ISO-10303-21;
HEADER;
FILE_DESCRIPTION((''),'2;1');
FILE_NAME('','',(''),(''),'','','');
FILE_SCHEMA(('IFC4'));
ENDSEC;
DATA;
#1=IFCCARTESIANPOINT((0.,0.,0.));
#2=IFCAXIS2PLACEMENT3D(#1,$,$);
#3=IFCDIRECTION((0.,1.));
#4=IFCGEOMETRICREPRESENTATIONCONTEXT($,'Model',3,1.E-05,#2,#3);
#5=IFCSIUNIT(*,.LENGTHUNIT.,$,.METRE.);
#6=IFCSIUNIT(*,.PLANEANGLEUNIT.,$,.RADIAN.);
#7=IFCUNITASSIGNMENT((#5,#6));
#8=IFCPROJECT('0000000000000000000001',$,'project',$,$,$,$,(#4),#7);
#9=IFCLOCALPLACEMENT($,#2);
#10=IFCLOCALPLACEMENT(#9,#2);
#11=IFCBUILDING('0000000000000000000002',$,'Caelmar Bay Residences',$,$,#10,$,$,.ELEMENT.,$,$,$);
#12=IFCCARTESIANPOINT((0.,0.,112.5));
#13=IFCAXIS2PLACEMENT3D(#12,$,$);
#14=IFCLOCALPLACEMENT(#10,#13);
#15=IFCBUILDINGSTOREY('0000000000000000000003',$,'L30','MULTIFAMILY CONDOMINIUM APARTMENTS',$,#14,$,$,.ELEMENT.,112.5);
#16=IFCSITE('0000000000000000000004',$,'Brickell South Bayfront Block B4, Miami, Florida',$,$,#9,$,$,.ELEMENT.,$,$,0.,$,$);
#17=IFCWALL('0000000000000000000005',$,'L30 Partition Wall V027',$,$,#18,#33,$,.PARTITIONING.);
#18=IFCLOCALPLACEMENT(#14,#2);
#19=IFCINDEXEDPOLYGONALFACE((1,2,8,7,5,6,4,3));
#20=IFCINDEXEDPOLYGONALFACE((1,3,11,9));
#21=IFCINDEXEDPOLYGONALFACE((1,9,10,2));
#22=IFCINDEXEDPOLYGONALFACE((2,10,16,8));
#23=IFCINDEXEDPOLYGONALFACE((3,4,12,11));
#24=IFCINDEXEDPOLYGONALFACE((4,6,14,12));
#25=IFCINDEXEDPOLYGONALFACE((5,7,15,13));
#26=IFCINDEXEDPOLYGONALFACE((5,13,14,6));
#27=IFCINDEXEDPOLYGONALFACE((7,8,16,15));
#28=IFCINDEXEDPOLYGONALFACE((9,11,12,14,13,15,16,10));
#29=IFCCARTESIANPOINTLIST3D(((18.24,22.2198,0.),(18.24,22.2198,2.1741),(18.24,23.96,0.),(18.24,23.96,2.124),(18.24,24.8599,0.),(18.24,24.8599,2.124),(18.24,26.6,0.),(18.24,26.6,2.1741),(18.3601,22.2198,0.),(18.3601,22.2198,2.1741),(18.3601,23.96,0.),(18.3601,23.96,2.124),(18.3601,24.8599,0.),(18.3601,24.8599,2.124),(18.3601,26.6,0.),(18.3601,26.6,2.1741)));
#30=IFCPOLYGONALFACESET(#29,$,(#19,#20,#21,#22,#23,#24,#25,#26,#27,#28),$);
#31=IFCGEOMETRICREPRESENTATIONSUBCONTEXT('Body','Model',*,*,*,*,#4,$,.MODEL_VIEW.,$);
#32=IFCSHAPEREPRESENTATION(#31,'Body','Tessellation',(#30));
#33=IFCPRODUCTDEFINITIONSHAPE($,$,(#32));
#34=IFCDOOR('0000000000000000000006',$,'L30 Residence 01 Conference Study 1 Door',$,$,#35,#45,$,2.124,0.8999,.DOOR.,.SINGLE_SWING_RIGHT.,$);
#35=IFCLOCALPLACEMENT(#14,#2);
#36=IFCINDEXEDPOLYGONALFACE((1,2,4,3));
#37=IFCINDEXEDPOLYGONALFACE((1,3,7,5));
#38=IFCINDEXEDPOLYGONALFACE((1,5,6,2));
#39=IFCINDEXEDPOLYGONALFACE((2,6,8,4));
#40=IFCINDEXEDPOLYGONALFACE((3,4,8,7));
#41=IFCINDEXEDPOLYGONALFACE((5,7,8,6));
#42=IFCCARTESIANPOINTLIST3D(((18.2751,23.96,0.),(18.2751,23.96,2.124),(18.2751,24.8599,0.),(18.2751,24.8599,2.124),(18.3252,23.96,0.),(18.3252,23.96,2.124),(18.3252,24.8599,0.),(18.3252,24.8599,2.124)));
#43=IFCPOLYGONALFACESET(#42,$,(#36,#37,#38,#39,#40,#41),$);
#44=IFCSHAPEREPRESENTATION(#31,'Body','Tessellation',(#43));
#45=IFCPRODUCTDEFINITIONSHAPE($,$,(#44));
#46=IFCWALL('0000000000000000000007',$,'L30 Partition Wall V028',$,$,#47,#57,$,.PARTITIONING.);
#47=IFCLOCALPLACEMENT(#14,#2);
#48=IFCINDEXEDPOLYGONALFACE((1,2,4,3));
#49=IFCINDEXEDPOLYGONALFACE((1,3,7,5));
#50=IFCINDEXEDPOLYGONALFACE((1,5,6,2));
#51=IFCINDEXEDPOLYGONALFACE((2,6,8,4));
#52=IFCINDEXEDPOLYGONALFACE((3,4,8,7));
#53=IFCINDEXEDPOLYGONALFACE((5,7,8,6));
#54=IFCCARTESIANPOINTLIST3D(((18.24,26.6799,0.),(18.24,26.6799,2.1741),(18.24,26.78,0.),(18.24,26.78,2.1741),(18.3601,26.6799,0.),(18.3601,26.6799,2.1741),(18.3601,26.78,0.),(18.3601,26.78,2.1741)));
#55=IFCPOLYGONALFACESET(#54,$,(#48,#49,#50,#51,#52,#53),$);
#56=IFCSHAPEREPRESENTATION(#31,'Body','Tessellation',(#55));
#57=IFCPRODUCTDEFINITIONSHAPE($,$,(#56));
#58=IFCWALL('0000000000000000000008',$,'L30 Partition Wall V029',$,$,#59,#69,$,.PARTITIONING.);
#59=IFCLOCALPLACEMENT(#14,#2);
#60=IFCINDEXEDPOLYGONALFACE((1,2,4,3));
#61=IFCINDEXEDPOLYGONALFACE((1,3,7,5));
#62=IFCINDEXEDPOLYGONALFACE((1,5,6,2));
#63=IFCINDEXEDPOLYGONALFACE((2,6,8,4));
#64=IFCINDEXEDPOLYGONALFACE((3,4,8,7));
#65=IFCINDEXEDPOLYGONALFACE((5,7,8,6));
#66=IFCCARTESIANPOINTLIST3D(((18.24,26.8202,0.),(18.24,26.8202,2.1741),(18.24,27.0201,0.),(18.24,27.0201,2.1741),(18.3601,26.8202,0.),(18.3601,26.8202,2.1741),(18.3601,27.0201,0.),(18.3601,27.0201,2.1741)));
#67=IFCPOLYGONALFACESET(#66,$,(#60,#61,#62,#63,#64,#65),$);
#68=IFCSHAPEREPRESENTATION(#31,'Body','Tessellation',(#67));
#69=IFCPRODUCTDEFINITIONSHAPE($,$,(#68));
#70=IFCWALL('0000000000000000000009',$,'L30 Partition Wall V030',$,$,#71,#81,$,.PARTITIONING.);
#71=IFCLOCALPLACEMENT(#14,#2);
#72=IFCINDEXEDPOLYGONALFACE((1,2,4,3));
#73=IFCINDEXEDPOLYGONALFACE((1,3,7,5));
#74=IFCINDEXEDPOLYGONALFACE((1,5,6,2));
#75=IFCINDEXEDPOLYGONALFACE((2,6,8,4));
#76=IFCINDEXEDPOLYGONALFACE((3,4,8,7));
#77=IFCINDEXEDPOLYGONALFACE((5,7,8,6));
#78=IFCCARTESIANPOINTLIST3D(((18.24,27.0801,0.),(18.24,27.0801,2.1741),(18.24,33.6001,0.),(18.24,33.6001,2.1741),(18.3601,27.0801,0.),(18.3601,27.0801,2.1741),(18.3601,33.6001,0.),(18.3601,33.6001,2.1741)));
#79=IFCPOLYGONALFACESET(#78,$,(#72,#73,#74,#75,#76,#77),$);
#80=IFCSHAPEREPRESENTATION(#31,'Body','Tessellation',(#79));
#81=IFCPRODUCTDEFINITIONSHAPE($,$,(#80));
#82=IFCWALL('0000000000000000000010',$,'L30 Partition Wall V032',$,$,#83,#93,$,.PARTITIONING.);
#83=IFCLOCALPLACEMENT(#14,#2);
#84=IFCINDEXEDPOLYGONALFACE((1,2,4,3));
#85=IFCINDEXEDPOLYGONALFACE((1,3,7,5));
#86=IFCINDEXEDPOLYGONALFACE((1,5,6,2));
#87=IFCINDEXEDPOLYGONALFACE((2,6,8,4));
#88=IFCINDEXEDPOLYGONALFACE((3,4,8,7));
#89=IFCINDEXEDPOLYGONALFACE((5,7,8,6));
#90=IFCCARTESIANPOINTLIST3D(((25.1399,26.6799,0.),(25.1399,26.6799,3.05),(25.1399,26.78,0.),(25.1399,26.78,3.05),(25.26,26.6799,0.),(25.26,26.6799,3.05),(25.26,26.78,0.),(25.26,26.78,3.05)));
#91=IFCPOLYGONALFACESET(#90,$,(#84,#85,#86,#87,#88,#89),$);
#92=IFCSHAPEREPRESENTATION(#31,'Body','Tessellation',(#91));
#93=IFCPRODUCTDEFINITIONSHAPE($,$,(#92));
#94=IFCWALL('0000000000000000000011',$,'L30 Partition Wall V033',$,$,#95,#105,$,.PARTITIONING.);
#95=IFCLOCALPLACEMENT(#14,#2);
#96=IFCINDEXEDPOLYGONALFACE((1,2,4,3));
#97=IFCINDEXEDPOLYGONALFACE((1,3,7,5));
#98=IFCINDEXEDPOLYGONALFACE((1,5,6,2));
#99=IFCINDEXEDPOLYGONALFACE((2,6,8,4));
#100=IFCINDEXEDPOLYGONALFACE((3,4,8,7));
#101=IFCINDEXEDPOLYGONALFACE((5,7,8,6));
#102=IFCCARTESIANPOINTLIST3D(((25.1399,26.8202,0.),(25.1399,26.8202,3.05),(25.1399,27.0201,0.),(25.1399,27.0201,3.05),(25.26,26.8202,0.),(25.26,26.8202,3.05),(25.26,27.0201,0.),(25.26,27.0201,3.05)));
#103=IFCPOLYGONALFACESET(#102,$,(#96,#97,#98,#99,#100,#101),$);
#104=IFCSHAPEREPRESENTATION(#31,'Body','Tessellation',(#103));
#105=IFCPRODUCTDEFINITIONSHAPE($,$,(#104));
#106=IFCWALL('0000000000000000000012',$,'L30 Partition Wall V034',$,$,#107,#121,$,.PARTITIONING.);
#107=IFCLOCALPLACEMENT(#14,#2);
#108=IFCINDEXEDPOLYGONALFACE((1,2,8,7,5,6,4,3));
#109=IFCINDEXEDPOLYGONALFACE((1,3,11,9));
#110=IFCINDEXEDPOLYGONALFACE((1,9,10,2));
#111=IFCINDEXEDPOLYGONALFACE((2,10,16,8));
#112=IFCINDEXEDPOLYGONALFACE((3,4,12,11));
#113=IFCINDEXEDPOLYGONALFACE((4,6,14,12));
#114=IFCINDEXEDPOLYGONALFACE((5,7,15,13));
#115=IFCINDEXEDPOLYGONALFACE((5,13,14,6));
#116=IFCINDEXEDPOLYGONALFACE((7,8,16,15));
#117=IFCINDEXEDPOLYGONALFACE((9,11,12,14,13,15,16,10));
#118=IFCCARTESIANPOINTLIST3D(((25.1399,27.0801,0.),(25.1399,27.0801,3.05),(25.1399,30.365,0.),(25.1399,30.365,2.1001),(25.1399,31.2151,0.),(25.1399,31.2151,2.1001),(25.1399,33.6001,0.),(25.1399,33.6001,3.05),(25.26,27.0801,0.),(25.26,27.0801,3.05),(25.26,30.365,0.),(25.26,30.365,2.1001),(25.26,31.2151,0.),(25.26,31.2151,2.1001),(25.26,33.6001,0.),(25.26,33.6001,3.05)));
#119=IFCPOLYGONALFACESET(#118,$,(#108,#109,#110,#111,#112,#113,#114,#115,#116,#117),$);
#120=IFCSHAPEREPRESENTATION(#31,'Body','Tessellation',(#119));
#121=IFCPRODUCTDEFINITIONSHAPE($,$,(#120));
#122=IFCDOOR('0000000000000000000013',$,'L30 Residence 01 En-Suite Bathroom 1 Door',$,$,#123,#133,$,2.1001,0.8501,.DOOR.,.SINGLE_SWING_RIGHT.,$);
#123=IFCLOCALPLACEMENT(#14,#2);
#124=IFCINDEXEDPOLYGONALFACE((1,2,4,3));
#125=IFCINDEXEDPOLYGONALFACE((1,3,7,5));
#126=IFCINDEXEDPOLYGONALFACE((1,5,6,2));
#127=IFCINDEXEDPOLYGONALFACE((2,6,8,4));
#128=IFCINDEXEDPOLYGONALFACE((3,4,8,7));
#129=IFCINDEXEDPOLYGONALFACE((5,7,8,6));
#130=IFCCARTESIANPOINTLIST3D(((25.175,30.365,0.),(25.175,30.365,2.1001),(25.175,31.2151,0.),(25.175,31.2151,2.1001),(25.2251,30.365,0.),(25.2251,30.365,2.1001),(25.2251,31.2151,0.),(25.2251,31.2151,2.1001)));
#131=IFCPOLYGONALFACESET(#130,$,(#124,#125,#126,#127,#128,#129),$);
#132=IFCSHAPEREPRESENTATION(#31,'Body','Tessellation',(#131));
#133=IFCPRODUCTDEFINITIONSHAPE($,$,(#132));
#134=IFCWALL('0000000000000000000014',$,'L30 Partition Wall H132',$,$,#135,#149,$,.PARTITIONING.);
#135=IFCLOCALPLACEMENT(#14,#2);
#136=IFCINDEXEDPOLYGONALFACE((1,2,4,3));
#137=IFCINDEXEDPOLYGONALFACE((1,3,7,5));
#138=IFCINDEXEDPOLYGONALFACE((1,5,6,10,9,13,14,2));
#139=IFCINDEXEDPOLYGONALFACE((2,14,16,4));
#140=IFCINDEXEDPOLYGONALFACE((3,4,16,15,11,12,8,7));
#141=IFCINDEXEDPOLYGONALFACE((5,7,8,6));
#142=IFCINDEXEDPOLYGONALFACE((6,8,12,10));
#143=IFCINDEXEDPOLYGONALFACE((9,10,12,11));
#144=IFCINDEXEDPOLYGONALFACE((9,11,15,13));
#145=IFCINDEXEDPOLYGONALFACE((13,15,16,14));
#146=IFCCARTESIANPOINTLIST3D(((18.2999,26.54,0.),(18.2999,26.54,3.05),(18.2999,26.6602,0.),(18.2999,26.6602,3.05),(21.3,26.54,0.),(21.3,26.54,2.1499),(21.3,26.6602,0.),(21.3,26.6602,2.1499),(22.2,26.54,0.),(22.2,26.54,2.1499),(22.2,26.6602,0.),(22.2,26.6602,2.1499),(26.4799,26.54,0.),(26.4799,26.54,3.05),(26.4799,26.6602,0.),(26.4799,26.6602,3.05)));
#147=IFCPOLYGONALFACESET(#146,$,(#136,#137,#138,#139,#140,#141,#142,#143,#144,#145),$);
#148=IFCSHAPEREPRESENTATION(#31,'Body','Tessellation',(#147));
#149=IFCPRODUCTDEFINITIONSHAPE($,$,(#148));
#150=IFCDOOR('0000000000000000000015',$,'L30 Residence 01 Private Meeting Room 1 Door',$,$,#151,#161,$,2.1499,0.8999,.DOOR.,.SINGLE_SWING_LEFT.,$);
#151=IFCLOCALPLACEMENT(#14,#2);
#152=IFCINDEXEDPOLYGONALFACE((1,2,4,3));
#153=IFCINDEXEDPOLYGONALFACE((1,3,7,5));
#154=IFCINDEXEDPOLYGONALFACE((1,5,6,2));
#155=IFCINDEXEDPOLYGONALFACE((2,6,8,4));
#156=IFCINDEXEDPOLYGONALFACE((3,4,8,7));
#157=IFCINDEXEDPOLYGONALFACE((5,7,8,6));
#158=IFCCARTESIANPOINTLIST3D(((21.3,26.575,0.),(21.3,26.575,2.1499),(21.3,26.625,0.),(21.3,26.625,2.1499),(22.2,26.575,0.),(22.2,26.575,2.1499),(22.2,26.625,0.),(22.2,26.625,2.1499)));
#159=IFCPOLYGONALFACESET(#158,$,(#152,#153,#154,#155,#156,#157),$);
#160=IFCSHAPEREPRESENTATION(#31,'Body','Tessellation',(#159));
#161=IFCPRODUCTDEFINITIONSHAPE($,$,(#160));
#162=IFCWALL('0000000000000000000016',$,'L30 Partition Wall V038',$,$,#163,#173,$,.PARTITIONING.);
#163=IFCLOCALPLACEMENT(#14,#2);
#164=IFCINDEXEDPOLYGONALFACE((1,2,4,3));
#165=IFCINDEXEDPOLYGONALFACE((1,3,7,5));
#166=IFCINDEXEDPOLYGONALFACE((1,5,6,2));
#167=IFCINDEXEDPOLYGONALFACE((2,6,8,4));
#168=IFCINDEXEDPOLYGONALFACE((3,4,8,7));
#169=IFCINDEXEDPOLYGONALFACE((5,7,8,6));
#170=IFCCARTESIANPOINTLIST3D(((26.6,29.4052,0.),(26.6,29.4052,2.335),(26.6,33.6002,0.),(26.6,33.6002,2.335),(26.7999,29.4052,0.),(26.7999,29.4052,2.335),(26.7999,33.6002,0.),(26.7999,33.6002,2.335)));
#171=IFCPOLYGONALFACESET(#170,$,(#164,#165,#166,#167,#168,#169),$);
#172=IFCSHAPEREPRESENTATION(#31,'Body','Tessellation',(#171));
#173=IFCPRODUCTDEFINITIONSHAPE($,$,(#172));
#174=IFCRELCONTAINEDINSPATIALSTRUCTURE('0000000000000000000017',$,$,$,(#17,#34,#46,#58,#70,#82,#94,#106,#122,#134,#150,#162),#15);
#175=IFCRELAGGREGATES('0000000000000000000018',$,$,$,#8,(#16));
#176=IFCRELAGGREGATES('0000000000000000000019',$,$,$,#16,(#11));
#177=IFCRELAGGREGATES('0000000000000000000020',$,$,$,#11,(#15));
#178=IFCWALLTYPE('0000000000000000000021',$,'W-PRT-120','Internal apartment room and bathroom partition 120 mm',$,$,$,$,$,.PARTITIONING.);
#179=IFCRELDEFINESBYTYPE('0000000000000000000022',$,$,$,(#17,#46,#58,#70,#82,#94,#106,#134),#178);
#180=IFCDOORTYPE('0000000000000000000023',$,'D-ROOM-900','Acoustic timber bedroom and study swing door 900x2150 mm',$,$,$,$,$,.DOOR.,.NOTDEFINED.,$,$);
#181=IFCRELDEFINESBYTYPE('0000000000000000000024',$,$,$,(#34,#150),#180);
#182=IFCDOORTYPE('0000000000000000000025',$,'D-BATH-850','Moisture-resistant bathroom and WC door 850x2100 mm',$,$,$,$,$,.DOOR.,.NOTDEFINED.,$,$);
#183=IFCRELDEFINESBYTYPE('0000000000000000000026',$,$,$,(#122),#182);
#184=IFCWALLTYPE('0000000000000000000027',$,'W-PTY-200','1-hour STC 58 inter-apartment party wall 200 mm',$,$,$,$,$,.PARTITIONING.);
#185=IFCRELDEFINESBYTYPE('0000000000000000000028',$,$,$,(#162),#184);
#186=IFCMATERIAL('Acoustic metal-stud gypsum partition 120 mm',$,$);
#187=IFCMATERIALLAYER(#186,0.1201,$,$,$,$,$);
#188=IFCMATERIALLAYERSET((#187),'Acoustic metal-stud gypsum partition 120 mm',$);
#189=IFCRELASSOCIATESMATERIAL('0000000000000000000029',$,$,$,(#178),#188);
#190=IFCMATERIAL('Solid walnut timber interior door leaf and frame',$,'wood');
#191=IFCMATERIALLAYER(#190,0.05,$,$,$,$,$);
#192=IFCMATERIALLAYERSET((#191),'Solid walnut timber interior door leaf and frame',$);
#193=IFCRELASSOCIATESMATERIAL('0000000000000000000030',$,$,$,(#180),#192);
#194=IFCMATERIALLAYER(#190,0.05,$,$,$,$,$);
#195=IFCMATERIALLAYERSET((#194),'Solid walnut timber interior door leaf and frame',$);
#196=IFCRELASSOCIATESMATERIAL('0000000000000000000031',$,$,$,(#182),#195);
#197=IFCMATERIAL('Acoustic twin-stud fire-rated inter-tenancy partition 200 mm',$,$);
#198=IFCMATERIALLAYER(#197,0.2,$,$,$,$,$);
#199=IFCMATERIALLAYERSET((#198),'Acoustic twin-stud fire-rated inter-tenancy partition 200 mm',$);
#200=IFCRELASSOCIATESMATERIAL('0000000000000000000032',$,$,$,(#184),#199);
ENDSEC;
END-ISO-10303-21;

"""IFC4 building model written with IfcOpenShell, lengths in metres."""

from ifc_helpers import new_model, si_unit, direction, frame, frame_2d, origin, place, context, subcontext, project, spatial, rectangle, extrude, material, layer, layer_set, type_object, element, fill, save


model = new_model("IFC4")

# Units and contexts
model_context = context("Model", 3, precision=1e-05, world=origin(), true_north=direction((0.0, 1.0)))
body_context = subcontext(model_context, "Body", "Model", "MODEL_VIEW")
ifc_project = project(units=[si_unit("LENGTHUNIT", "METRE"), si_unit("PLANEANGLEUNIT", "RADIAN")], contexts=[model_context])

# Site, building, storey
site_placement = place(None, origin())
site = spatial("IfcSite", under=ifc_project, at=site_placement, Name="Brickell South Bayfront Block B4, Miami, Florida", CompositionType="ELEMENT", RefElevation=0.0)
building_placement = place(site_placement, origin())
building = spatial("IfcBuilding", under=site, at=building_placement, Name="Caelmar Bay Residences", CompositionType="ELEMENT")
storey_placement = place(building_placement, frame((0.0, 0.0, 112.5)))
storey = spatial("IfcBuildingStorey", under=building, at=storey_placement, Name="L30", Description="MULTIFAMILY CONDOMINIUM APARTMENTS", CompositionType="ELEMENT", Elevation=112.5)

# Wall, opening, door
ifc_material_1 = material(Name="Acoustic metal-stud gypsum partition 120 mm")
ifc_layer_1 = layer(ifc_material_1, 0.1201)
ifc_layer_set_1 = layer_set([ifc_layer_1], Name="Acoustic metal-stud gypsum partition 120 mm")
wall_type_1 = type_object("IfcWallType", Name="W-PRT-120", Description="Internal apartment room and bathroom partition 120 mm", PredefinedType="PARTITIONING", material=ifc_layer_set_1)
wall_1_placement = place(storey_placement, frame((18.3, 22.22, 0.0), z_axis=(0.0, 0.0, 1.0), x_axis=(0.0, 1.0, 0.0)))
wall_1 = element("IfcWall", 1, at=wall_1_placement, inside=storey, type_object=wall_type_1, Name="L30 Partition Wall V027", PredefinedType="PARTITIONING", context=body_context, shape_type="SweptSolid", body=[
    extrude(rectangle(XDim=4.3801, YDim=0.1201, at=frame_2d((2.1899, 0.0))), origin(), (0.0, 0.0, 1.0), 2.1741),
])
opening_1_placement = place(wall_1_placement, frame((1.74, 0.0, 0.0)))
opening_1 = element("IfcOpeningElement", 2, at=opening_1_placement, cuts=wall_1, PredefinedType="OPENING", context=body_context, shape_type="SweptSolid", body=[
    extrude(rectangle(XDim=0.8999, YDim=2.124, at=frame_2d((0.45, 1.062))), frame((0.0, 0.0701, 0.0), z_axis=(0.0, -1.0, 0.0), x_axis=(1.0, 0.0, 0.0)), (0.0, 0.0, 1.0), 0.1401),
])
ifc_material_2 = material(Name="Solid walnut timber interior door leaf and frame", Category="wood")
ifc_layer_2 = layer(ifc_material_2, 0.05)
ifc_layer_set_2 = layer_set([ifc_layer_2], Name="Solid walnut timber interior door leaf and frame")
door_type_1 = type_object("IfcDoorType", Name="D-ROOM-900", Description="Acoustic timber bedroom and study swing door 900x2150 mm", OperationType="NOTDEFINED", PredefinedType="DOOR", material=ifc_layer_set_2)
door_1_placement = place(opening_1_placement, origin())
door_1 = element("IfcDoor", 3, at=door_1_placement, inside=storey, type_object=door_type_1, Name="L30 Residence 01 Conference Study 1 Door", OperationType="SINGLE_SWING_RIGHT", OverallHeight=2.124, OverallWidth=0.8999, PredefinedType="DOOR", context=body_context, shape_type="SweptSolid", body=[
    extrude(rectangle(XDim=0.8999, YDim=2.124, at=frame_2d((0.45, 1.062))), frame((0.0, 0.0249, 0.0), z_axis=(0.0, -1.0, 0.0), x_axis=(1.0, 0.0, 0.0)), (0.0, 0.0, 1.0), 0.05),
])
fill(opening_1, door_1)

# Walls
wall_2_placement = place(storey_placement, frame((18.3, 26.6799, 0.0), z_axis=(0.0, 0.0, 1.0), x_axis=(0.0, 1.0, 0.0)))
element("IfcWall", 4, at=wall_2_placement, inside=storey, type_object=wall_type_1, Name="L30 Partition Wall V028", PredefinedType="PARTITIONING", context=body_context, shape_type="SweptSolid", body=[
    extrude(rectangle(XDim=0.1001, YDim=0.1201, at=frame_2d((0.05, 0.0))), origin(), (0.0, 0.0, 1.0), 2.1741),
])
wall_3_placement = place(storey_placement, frame((18.3, 26.8201, 0.0), z_axis=(0.0, 0.0, 1.0), x_axis=(0.0, 1.0, 0.0)))
element("IfcWall", 5, at=wall_3_placement, inside=storey, type_object=wall_type_1, Name="L30 Partition Wall V029", PredefinedType="PARTITIONING", context=body_context, shape_type="SweptSolid", body=[
    extrude(rectangle(XDim=0.2, YDim=0.1201, at=frame_2d((0.1001, 0.0))), origin(), (0.0, 0.0, 1.0), 2.1741),
])
wall_4_placement = place(storey_placement, frame((18.3, 27.0801, 0.0), z_axis=(0.0, 0.0, 1.0), x_axis=(0.0, 1.0, 0.0)))
element("IfcWall", 6, at=wall_4_placement, inside=storey, type_object=wall_type_1, Name="L30 Partition Wall V030", PredefinedType="PARTITIONING", context=body_context, shape_type="SweptSolid", body=[
    extrude(rectangle(XDim=6.52, YDim=0.1201, at=frame_2d((3.26, 0.0))), origin(), (0.0, 0.0, 1.0), 2.1741),
])
wall_5_placement = place(storey_placement, frame((25.2, 26.6799, 0.0), z_axis=(0.0, 0.0, 1.0), x_axis=(0.0, 1.0, 0.0)))
element("IfcWall", 7, at=wall_5_placement, inside=storey, type_object=wall_type_1, Name="L30 Partition Wall V032", PredefinedType="PARTITIONING", context=body_context, shape_type="SweptSolid", body=[
    extrude(rectangle(XDim=0.1001, YDim=0.1201, at=frame_2d((0.05, 0.0))), origin(), (0.0, 0.0, 1.0), 3.05),
])
wall_6_placement = place(storey_placement, frame((25.2, 26.8201, 0.0), z_axis=(0.0, 0.0, 1.0), x_axis=(0.0, 1.0, 0.0)))
element("IfcWall", 8, at=wall_6_placement, inside=storey, type_object=wall_type_1, Name="L30 Partition Wall V033", PredefinedType="PARTITIONING", context=body_context, shape_type="SweptSolid", body=[
    extrude(rectangle(XDim=0.2, YDim=0.1201, at=frame_2d((0.1001, 0.0))), origin(), (0.0, 0.0, 1.0), 3.05),
])

# Walls, openings, doors
wall_7_placement = place(storey_placement, frame((25.2, 27.0801, 0.0), z_axis=(0.0, 0.0, 1.0), x_axis=(0.0, 1.0, 0.0)))
wall_7 = element("IfcWall", 9, at=wall_7_placement, inside=storey, type_object=wall_type_1, Name="L30 Partition Wall V034", PredefinedType="PARTITIONING", context=body_context, shape_type="SweptSolid", body=[
    extrude(rectangle(XDim=6.52, YDim=0.1201, at=frame_2d((3.26, 0.0))), origin(), (0.0, 0.0, 1.0), 3.05),
])
opening_2_placement = place(wall_7_placement, frame((3.2849, 0.0, 0.0)))
opening_2 = element("IfcOpeningElement", 10, at=opening_2_placement, cuts=wall_7, PredefinedType="OPENING", context=body_context, shape_type="SweptSolid", body=[
    extrude(rectangle(XDim=0.8501, YDim=2.1001, at=frame_2d((0.425, 1.05))), frame((0.0, 0.0701, 0.0), z_axis=(0.0, -1.0, 0.0), x_axis=(1.0, 0.0, 0.0)), (0.0, 0.0, 1.0), 0.1401),
])
ifc_layer_3 = layer(ifc_material_2, 0.05)
ifc_layer_set_3 = layer_set([ifc_layer_3], Name="Solid walnut timber interior door leaf and frame")
door_type_2 = type_object("IfcDoorType", Name="D-BATH-850", Description="Moisture-resistant bathroom and WC door 850x2100 mm", OperationType="NOTDEFINED", PredefinedType="DOOR", material=ifc_layer_set_3)
door_2_placement = place(opening_2_placement, origin())
door_2 = element("IfcDoor", 11, at=door_2_placement, inside=storey, type_object=door_type_2, Name="L30 Residence 01 En-Suite Bathroom 1 Door", OperationType="SINGLE_SWING_RIGHT", OverallHeight=2.1001, OverallWidth=0.8501, PredefinedType="DOOR", context=body_context, shape_type="SweptSolid", body=[
    extrude(rectangle(XDim=0.8501, YDim=2.1001, at=frame_2d((0.425, 1.05))), frame((0.0, 0.0249, 0.0), z_axis=(0.0, -1.0, 0.0), x_axis=(1.0, 0.0, 0.0)), (0.0, 0.0, 1.0), 0.05),
])
fill(opening_2, door_2)
wall_8_placement = place(storey_placement, frame((18.3, 26.6001, 0.0), z_axis=(0.0, 0.0, 1.0), x_axis=(1.0, 0.0, 0.0)))
wall_8 = element("IfcWall", 12, at=wall_8_placement, inside=storey, type_object=wall_type_1, Name="L30 Partition Wall H132", PredefinedType="PARTITIONING", context=body_context, shape_type="SweptSolid", body=[
    extrude(rectangle(XDim=8.1799, YDim=0.1201, at=frame_2d((4.0898, 0.0))), origin(), (0.0, 0.0, 1.0), 3.05),
])
opening_3_placement = place(wall_8_placement, frame((3.0, 0.0, 0.0)))
opening_3 = element("IfcOpeningElement", 13, at=opening_3_placement, cuts=wall_8, PredefinedType="OPENING", context=body_context, shape_type="SweptSolid", body=[
    extrude(rectangle(XDim=0.8999, YDim=2.1499, at=frame_2d((0.45, 1.075))), frame((0.0, 0.0701, 0.0), z_axis=(0.0, -1.0, 0.0), x_axis=(1.0, 0.0, 0.0)), (0.0, 0.0, 1.0), 0.1401),
])
door_3_placement = place(opening_3_placement, origin())
door_3 = element("IfcDoor", 14, at=door_3_placement, inside=storey, type_object=door_type_1, Name="L30 Residence 01 Private Meeting Room 1 Door", OperationType="SINGLE_SWING_LEFT", OverallHeight=2.1499, OverallWidth=0.8999, PredefinedType="DOOR", context=body_context, shape_type="SweptSolid", body=[
    extrude(rectangle(XDim=0.8999, YDim=2.1499, at=frame_2d((0.45, 1.075))), frame((0.0, 0.0249, 0.0), z_axis=(0.0, -1.0, 0.0), x_axis=(1.0, 0.0, 0.0)), (0.0, 0.0, 1.0), 0.05),
])
fill(opening_3, door_3)

# Wall
ifc_material_3 = material(Name="Acoustic twin-stud fire-rated inter-tenancy partition 200 mm")
ifc_layer_4 = layer(ifc_material_3, 0.2)
ifc_layer_set_4 = layer_set([ifc_layer_4], Name="Acoustic twin-stud fire-rated inter-tenancy partition 200 mm")
wall_type_2 = type_object("IfcWallType", Name="W-PTY-200", Description="1-hour STC 58 inter-apartment party wall 200 mm", PredefinedType="PARTITIONING", material=ifc_layer_set_4)
wall_9_placement = place(storey_placement, frame((26.7, 29.405, 0.0), z_axis=(0.0, 0.0, 1.0), x_axis=(0.0, 1.0, 0.0)))
element("IfcWall", 15, at=wall_9_placement, inside=storey, type_object=wall_type_2, Name="L30 Partition Wall V038", PredefinedType="PARTITIONING", context=body_context, shape_type="SweptSolid", body=[
    extrude(rectangle(XDim=4.1951, YDim=0.2, at=frame_2d((2.0977, 0.0))), origin(), (0.0, 0.0, 1.0), 2.335),
])

save(model, "model.ifc")
